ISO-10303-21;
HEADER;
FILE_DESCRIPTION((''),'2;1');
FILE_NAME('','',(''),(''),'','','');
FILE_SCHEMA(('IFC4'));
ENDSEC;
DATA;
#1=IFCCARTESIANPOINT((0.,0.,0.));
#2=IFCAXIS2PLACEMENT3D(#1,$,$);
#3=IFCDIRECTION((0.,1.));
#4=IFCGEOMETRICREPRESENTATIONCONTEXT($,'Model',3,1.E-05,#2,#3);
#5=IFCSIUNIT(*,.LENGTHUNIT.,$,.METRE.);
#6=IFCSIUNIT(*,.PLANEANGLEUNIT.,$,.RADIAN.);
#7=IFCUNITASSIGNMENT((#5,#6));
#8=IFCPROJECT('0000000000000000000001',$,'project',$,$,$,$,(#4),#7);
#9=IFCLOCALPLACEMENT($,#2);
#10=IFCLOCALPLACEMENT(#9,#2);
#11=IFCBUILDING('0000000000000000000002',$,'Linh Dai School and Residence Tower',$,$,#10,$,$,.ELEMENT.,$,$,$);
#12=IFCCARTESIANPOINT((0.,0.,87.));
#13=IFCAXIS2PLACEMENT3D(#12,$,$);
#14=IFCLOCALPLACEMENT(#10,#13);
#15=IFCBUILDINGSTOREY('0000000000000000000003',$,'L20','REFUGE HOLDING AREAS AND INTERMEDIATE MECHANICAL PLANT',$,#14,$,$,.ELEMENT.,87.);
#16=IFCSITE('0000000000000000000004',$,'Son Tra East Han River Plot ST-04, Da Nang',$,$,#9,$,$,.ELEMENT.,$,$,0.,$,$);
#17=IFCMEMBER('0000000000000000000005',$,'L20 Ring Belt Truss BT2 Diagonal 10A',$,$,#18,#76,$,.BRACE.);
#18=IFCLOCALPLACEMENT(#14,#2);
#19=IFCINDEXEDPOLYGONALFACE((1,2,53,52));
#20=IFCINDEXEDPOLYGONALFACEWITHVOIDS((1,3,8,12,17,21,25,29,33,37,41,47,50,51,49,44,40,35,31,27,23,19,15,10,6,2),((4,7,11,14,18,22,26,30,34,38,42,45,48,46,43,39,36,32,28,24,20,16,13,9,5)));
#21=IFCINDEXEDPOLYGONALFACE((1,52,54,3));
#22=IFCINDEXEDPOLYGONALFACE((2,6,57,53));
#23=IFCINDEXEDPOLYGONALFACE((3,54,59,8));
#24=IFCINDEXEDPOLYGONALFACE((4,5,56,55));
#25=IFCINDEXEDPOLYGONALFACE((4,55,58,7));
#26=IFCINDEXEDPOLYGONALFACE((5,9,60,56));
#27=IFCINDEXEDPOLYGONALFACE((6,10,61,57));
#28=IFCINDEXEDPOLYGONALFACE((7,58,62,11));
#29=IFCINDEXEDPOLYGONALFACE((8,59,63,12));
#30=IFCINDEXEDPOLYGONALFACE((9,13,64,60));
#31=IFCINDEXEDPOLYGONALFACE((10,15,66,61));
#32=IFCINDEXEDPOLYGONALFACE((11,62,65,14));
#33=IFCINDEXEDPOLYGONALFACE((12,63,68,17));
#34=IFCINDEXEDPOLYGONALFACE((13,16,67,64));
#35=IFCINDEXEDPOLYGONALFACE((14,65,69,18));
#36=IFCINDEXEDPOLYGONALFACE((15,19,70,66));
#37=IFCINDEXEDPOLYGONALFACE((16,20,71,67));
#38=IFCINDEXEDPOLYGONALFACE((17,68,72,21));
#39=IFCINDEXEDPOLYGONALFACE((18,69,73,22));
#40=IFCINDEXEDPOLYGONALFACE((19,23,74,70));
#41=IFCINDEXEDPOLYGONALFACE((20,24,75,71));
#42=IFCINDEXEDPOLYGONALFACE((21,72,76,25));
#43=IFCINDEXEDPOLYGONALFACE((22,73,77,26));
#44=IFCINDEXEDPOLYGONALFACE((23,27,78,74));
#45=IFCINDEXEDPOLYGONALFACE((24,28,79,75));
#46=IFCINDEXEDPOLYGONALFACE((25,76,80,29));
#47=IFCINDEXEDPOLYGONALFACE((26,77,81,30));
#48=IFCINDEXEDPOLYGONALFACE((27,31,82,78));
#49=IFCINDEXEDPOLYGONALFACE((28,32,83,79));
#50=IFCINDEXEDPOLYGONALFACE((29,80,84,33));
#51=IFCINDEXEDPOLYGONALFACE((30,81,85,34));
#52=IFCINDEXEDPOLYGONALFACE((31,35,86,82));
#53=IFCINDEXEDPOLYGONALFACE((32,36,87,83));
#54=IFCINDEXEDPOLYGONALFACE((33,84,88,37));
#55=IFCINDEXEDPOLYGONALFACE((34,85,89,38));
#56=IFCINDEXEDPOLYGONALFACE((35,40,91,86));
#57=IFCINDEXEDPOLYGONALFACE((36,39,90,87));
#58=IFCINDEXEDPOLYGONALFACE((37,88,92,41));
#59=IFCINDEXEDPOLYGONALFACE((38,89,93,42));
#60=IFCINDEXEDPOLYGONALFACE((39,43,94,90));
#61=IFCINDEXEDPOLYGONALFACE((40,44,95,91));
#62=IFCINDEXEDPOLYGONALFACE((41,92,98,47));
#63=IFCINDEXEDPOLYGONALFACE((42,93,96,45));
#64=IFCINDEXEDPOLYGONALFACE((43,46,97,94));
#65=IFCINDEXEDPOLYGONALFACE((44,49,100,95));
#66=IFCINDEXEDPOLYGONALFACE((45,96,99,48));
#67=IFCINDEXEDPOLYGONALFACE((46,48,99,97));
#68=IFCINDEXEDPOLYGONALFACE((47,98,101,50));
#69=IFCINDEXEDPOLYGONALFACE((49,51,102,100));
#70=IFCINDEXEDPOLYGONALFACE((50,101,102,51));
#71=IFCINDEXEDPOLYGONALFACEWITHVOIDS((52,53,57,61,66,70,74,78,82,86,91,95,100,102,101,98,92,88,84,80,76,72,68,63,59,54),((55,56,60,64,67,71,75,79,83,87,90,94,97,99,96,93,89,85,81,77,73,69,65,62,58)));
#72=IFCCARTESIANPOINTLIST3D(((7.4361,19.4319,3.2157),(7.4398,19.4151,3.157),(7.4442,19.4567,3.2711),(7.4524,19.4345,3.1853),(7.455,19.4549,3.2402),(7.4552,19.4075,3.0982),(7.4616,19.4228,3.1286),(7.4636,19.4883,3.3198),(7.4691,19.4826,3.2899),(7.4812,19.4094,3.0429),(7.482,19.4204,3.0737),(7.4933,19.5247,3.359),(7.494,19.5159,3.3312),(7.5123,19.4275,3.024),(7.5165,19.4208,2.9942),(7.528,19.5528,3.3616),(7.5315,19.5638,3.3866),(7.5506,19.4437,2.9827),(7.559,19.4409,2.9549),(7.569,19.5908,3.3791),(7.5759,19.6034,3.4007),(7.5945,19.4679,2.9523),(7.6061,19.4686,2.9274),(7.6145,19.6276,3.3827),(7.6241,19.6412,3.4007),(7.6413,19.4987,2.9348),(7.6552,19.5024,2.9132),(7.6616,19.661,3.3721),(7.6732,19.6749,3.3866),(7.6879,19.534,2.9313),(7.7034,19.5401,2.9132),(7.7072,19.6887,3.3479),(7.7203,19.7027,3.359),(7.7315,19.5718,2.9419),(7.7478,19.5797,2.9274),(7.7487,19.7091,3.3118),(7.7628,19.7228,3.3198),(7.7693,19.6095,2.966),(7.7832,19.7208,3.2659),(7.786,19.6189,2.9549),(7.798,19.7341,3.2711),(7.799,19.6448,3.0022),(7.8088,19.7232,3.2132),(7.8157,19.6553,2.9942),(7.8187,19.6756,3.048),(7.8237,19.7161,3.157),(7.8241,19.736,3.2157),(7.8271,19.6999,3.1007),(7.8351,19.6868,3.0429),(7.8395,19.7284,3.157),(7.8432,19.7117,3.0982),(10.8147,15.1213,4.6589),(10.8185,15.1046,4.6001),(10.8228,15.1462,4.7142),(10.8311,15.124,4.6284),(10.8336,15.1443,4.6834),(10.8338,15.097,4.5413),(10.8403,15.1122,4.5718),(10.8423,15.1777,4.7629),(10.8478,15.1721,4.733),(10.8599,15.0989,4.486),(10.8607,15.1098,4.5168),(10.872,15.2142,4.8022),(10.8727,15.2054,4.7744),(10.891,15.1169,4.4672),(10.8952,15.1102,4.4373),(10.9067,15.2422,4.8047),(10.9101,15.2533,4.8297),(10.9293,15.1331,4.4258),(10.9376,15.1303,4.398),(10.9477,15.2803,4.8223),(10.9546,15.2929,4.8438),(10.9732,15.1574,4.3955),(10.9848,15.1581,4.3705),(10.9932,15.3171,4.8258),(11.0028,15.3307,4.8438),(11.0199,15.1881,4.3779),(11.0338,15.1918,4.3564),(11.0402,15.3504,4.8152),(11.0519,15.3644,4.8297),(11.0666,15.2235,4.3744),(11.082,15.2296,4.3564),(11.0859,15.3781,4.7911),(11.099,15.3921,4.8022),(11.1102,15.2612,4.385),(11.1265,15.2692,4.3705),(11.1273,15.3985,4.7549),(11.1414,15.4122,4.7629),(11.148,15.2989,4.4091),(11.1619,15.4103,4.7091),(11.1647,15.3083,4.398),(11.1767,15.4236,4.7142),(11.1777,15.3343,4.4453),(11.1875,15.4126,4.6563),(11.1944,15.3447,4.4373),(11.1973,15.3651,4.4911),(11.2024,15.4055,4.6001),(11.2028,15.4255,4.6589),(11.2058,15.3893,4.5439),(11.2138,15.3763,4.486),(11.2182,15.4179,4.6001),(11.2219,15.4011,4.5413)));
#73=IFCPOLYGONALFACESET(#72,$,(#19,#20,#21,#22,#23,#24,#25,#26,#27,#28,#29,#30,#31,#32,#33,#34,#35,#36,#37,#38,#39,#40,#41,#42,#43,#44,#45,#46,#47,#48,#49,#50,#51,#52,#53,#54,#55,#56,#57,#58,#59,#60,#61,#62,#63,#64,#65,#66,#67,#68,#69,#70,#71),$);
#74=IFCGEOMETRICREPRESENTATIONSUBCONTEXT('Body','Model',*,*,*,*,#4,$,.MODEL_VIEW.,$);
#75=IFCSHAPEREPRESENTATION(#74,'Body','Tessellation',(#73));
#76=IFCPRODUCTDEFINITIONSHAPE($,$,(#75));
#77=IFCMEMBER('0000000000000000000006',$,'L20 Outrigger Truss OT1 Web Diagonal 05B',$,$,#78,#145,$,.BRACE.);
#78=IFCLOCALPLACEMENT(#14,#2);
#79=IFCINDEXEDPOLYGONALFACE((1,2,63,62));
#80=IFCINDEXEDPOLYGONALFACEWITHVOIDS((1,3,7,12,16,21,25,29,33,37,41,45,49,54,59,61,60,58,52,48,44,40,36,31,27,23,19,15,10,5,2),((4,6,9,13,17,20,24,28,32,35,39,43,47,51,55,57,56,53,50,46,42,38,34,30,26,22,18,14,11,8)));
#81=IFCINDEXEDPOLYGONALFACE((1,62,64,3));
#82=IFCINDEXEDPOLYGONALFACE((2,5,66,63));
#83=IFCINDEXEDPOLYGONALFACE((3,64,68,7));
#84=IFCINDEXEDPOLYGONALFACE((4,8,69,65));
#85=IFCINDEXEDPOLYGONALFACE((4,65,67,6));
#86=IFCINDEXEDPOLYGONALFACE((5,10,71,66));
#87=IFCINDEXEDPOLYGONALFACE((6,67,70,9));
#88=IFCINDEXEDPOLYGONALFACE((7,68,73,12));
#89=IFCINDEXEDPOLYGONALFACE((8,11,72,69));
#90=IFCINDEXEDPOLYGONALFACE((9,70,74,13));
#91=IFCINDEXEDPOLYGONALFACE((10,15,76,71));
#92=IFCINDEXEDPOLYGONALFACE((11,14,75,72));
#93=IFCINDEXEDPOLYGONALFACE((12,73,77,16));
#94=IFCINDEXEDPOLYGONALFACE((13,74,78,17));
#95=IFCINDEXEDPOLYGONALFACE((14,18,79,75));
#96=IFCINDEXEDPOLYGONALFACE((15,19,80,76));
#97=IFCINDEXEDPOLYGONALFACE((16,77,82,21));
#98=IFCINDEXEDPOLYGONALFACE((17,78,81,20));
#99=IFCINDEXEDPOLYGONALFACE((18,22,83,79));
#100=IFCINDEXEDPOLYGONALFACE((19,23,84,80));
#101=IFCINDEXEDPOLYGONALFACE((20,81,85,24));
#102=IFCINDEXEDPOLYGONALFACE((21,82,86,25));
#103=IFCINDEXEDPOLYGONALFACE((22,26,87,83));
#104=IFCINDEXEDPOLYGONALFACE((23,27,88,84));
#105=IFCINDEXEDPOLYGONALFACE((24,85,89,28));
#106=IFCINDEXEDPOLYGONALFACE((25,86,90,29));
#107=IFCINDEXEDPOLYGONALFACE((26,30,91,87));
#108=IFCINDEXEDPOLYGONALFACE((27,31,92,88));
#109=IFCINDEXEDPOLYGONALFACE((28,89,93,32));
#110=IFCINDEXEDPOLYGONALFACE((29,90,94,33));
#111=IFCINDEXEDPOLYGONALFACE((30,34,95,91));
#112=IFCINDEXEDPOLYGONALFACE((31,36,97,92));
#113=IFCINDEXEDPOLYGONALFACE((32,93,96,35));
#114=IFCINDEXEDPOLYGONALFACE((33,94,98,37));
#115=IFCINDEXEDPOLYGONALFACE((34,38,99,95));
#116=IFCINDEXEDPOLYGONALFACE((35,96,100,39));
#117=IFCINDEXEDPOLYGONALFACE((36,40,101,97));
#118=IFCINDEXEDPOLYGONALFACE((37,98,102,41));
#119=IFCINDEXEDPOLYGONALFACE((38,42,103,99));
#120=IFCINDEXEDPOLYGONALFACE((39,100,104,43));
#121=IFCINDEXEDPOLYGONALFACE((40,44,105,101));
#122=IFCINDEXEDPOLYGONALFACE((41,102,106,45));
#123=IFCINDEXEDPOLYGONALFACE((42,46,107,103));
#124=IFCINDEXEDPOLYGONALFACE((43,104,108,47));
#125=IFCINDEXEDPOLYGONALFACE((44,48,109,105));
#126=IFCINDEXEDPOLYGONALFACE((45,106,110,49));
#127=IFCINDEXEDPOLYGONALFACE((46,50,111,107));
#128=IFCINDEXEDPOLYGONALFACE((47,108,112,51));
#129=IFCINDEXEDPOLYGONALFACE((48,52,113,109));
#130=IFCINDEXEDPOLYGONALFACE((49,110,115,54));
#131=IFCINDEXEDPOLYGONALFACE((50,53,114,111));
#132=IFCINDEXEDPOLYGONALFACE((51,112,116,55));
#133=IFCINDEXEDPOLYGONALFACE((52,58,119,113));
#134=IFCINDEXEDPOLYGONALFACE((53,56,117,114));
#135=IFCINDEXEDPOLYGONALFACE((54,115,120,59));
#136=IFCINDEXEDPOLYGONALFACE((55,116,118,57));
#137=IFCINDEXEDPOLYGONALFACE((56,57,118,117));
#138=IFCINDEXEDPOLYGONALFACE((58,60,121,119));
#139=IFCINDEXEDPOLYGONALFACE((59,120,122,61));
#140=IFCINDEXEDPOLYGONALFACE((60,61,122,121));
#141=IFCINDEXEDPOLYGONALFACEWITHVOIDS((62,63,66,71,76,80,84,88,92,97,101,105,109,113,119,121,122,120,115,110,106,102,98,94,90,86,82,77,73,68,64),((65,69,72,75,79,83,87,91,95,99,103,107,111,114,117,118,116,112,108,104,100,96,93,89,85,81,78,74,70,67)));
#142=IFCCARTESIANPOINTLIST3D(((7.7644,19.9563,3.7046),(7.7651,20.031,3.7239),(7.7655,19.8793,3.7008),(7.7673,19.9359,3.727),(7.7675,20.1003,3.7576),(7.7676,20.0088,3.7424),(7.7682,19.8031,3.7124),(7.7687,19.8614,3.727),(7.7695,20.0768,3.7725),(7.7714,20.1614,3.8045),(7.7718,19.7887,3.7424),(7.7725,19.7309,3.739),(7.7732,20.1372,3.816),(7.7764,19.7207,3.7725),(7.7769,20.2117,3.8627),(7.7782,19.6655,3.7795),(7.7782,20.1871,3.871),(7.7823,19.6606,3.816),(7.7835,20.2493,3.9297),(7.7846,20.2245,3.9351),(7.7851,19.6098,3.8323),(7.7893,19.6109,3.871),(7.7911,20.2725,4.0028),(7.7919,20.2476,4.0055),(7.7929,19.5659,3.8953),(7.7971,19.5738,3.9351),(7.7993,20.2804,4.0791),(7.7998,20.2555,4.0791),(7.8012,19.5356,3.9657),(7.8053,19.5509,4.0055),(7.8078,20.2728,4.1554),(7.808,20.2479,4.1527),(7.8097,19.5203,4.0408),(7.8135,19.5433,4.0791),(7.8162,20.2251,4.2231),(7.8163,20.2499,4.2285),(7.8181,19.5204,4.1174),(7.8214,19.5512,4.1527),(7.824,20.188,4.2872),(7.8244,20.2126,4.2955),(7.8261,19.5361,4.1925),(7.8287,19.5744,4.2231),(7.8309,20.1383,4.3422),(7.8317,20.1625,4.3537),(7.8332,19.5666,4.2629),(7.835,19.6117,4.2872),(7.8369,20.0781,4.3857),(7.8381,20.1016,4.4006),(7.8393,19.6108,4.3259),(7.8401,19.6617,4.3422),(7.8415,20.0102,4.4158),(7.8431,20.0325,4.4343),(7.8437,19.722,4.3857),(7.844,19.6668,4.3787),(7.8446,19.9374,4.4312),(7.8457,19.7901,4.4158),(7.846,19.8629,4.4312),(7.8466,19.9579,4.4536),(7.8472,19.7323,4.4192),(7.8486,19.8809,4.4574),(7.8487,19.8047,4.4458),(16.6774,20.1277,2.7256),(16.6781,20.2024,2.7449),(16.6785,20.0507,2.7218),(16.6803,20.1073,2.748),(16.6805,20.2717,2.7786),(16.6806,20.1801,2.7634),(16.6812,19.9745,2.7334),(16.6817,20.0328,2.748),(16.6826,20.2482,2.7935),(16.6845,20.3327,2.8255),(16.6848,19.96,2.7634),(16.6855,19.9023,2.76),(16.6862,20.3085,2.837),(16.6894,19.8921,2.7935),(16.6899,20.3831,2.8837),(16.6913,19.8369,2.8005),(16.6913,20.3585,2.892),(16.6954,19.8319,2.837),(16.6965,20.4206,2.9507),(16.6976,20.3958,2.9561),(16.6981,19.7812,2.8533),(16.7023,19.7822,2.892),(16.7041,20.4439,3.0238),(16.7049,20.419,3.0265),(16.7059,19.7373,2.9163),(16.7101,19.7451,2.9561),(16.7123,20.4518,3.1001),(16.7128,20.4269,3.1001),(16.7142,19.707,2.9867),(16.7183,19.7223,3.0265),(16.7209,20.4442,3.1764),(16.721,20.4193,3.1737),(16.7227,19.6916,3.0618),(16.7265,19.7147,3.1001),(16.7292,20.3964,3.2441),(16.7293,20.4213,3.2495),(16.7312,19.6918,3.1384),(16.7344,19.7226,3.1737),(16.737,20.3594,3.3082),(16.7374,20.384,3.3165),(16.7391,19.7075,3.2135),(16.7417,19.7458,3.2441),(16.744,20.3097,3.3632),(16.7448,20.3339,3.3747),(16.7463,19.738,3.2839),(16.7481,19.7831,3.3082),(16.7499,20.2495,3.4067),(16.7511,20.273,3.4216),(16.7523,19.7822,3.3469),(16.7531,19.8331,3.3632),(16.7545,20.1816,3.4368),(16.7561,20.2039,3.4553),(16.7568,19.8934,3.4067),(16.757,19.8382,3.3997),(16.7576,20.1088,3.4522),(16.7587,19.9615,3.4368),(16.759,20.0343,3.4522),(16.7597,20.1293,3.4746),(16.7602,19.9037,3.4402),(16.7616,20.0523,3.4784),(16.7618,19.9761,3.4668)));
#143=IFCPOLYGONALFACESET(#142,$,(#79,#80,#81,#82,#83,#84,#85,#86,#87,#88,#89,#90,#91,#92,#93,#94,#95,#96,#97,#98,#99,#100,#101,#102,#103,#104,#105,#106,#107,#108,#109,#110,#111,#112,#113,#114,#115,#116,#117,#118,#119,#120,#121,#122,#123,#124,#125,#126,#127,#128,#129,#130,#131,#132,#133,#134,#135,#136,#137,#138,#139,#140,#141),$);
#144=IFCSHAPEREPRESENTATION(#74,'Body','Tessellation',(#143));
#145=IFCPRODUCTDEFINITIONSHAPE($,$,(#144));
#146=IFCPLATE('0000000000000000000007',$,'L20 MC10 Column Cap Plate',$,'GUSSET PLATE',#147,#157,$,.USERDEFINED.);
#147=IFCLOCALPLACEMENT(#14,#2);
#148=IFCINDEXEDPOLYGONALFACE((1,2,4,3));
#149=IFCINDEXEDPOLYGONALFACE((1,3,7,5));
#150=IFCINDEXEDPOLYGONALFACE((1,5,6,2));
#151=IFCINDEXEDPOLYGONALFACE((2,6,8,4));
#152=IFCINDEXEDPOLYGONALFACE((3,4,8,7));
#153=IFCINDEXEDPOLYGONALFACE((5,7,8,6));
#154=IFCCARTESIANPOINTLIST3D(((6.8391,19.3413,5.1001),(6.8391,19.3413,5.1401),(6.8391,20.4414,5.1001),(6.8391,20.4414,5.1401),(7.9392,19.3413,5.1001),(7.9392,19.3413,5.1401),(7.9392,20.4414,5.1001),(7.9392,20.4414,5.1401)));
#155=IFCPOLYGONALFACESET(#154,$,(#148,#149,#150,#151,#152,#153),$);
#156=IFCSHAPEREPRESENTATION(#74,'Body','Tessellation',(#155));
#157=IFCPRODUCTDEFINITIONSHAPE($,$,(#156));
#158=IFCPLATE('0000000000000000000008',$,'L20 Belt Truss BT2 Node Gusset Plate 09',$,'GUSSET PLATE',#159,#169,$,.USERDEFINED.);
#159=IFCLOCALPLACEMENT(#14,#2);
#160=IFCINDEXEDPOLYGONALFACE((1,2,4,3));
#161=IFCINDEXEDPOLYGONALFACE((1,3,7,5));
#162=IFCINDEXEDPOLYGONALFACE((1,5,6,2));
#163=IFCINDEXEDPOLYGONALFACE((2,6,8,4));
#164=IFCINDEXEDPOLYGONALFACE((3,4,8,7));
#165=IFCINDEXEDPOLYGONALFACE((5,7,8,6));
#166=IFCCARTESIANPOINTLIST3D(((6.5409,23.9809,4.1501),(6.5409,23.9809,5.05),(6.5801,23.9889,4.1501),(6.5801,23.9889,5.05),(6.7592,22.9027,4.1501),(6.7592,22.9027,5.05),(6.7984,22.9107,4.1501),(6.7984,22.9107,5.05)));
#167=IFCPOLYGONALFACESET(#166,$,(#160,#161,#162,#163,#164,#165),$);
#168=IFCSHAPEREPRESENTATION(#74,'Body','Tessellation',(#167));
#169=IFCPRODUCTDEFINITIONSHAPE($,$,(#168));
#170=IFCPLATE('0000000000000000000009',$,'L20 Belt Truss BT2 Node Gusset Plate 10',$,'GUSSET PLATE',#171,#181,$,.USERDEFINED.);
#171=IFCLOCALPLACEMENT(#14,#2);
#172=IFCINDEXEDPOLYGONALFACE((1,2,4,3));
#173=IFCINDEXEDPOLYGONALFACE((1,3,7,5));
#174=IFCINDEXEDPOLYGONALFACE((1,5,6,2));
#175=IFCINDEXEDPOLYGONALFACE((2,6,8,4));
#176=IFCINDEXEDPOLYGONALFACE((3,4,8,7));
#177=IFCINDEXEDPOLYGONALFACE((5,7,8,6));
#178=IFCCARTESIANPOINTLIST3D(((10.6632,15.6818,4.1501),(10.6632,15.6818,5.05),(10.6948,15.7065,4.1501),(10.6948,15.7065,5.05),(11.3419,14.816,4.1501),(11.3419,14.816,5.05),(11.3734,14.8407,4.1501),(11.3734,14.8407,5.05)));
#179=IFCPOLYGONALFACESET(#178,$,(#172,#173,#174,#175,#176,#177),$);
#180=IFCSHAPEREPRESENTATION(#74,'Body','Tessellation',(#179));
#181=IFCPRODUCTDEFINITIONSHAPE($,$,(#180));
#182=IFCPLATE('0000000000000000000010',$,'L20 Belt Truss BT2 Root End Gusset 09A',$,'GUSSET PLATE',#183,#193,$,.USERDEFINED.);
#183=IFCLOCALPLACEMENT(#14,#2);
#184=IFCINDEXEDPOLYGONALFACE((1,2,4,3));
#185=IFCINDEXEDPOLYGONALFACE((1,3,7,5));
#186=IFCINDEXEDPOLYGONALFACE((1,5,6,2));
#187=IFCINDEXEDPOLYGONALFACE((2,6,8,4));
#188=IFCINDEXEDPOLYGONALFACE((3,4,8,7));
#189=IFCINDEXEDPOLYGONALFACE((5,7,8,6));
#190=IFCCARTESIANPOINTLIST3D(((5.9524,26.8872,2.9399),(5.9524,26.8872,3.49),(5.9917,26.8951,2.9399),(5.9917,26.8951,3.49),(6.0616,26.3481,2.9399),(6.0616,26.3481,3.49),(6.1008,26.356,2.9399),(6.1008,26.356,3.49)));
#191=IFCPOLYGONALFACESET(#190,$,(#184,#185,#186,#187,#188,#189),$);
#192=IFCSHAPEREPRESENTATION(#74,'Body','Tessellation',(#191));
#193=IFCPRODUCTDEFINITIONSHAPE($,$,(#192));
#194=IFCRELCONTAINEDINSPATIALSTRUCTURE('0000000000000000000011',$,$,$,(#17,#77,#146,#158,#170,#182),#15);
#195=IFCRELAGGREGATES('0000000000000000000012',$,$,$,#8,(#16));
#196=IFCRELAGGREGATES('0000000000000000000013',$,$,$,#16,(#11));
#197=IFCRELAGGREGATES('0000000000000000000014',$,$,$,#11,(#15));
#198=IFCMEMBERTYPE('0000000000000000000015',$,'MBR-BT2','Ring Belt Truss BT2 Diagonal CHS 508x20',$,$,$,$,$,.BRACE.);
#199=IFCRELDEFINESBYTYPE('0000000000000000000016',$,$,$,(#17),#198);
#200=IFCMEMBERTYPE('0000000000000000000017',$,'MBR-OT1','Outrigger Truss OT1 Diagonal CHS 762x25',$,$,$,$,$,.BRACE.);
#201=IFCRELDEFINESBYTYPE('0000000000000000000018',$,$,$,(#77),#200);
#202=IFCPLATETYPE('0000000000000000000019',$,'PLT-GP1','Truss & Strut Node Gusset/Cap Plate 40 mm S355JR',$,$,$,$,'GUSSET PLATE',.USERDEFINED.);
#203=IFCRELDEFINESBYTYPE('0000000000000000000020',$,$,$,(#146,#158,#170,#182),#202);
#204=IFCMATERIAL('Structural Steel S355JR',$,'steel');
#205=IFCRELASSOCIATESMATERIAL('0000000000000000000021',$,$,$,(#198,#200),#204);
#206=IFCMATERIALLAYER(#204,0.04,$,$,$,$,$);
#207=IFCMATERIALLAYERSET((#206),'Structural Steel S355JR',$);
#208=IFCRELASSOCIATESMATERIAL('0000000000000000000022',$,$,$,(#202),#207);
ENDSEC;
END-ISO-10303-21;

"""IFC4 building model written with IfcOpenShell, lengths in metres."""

from ifc_helpers import new_model, si_unit, direction, frame, origin, origin_2d, place, context, subcontext, project, spatial, rectangle, hollow_circle, extrude, source, transform, mapped, material, layer, layer_set, material_profile, profile_set, type_object, element, save


model = new_model("IFC4")

# Units and contexts
model_context = context("Model", 3, precision=1e-05, world=origin(), true_north=direction((0.0, 1.0)))
body_context = subcontext(model_context, "Body", "Model", "MODEL_VIEW")
ifc_project = project(units=[si_unit("LENGTHUNIT", "METRE"), si_unit("PLANEANGLEUNIT", "RADIAN")], contexts=[model_context])

# Site, building, storey
site_placement = place(None, origin())
site = spatial("IfcSite", under=ifc_project, at=site_placement, Name="Son Tra East Han River Plot ST-04, Da Nang", CompositionType="ELEMENT", RefElevation=0.0)
building_placement = place(site_placement, origin())
building = spatial("IfcBuilding", under=site, at=building_placement, Name="Linh Dai School and Residence Tower", CompositionType="ELEMENT")
storey_placement = place(building_placement, frame((0.0, 0.0, 87.0)))
storey = spatial("IfcBuildingStorey", under=building, at=storey_placement, Name="L20", Description="REFUGE HOLDING AREAS AND INTERMEDIATE MECHANICAL PLANT", CompositionType="ELEMENT", Elevation=87.0)

# Shared definitions
ifc_material_1 = material(Name="Structural Steel S355JR", Category="steel")

# Members
ifc_material_profile_1 = material_profile(ifc_material_1, hollow_circle(Radius=0.2539, WallThickness=0.02, at=origin_2d()), Name="CHS 508x20")
ifc_profile_set_1 = profile_set([ifc_material_profile_1], Name="Structural Steel S355JR")
member_type_1 = type_object("IfcMemberType", Name="MBR-BT2", Description="Ring Belt Truss BT2 Diagonal CHS 508x20", PredefinedType="BRACE", material=ifc_profile_set_1)
member_1_placement = place(storey_placement, frame((7.6396, 19.5718, 3.157), z_axis=(0.596535, -0.761068, 0.254796), x_axis=(0.787045, 0.616896, 0.0)))
element("IfcMember", 1, at=member_1_placement, inside=storey, type_object=member_type_1, Name="L20 Ring Belt Truss BT2 Diagonal 10A", PredefinedType="BRACE", context=body_context, shape_type="SweptSolid", body=[
    extrude(hollow_circle(Radius=0.2539, WallThickness=0.02, at=origin_2d()), origin(), (0.0, 0.0, 1.0), 5.6638),
])
ifc_material_profile_2 = material_profile(ifc_material_1, hollow_circle(Radius=0.3811, WallThickness=0.0249, at=origin_2d()), Name="CHS 762x25")
ifc_profile_set_2 = profile_set([ifc_material_profile_2], Name="Structural Steel S355JR")
member_type_2 = type_object("IfcMemberType", Name="MBR-OT1", Description="Outrigger Truss OT1 Diagonal CHS 762x25", PredefinedType="BRACE", material=ifc_profile_set_2)
member_2_placement = place(storey_placement, frame((7.8066, 19.8994, 4.0791), z_axis=(0.99384, 0.01911, -0.109162), x_axis=(-0.019225, 0.999815, 0.0)))
element("IfcMember", 2, at=member_2_placement, inside=storey, type_object=member_type_2, Name="L20 Outrigger Truss OT1 Web Diagonal 05B", PredefinedType="BRACE", context=body_context, shape_type="SweptSolid", body=[
    extrude(hollow_circle(Radius=0.3811, WallThickness=0.0249, at=origin_2d()), origin(), (0.0, 0.0, 1.0), 8.9683),
])

# Plates
ifc_layer_1 = layer(ifc_material_1, 0.04)
ifc_layer_set_1 = layer_set([ifc_layer_1], Name="Structural Steel S355JR")
plate_type = type_object("IfcPlateType", Name="PLT-GP1", Description="Truss & Strut Node Gusset/Cap Plate 40 mm S355JR", ElementType="GUSSET PLATE", PredefinedType="USERDEFINED", material=ifc_layer_set_1)
shared_shape_1 = source(origin(), body_context, "Body", "SweptSolid", [
    extrude(rectangle(XDim=1.1001, YDim=1.1001, at=origin_2d()), origin(), (0.0, 0.0, 1.0), 0.04),
])
plate_placement = place(storey_placement, frame((7.3892, 19.8914, 5.1001), z_axis=(0.0, 0.0, 1.0), x_axis=(1.0, 0.0, 0.0)))
element("IfcPlate", 3, at=plate_placement, inside=storey, type_object=plate_type, Name="L20 MC10 Column Cap Plate", ObjectType="GUSSET PLATE", PredefinedType="USERDEFINED", context=body_context, shape_type="MappedRepresentation", body=[
    mapped(shared_shape_1, transform((0.0, 0.0, 0.0), x_axis=(1.0, 0.0, 0.0), y_axis=(0.0, 1.0, 0.0), z_axis=(0.0, 0.0, 1.0), scale=1.0)),
])
shared_shape_2 = source(origin(), body_context, "Body", "SweptSolid", [
    extrude(rectangle(XDim=1.1001, YDim=0.04, at=origin_2d()), origin(), (0.0, 0.0, 1.0), 0.8999),
])
for number, where, z_axis, x_axis, name in (
    (4, (6.6697, 23.4458, 4.1501), (0.0, 0.0, 1.0), (0.198437, -0.980114, 0.0), "L20 Belt Truss BT2 Node Gusset Plate 09"),
    (5, (11.0183, 15.2612, 4.1501), (0.0, 0.0, 1.0), (0.616865, -0.787069, 0.0), "L20 Belt Truss BT2 Node Gusset Plate 10"),
):
    element("IfcPlate", number, at=place(storey_placement, frame(where, z_axis=z_axis, x_axis=x_axis)), inside=storey, type_object=plate_type, Name=name, ObjectType="GUSSET PLATE", PredefinedType="USERDEFINED", context=body_context, shape_type="MappedRepresentation", body=[
        mapped(shared_shape_2, transform((0.0, 0.0, 0.0), x_axis=(1.0, 0.0, 0.0), y_axis=(0.0, 1.0, 0.0), z_axis=(0.0, 0.0, 1.0), scale=1.0)),
    ])
shared_shape_3 = source(origin(), body_context, "Body", "SweptSolid", [
    extrude(rectangle(XDim=0.55, YDim=0.04, at=origin_2d()), origin(), (0.0, 0.0, 1.0), 0.55),
])
for number, where, z_axis, x_axis, name in (
    (6, (6.0266, 26.6216, 2.9399), (0.0, 0.0, 1.0), (0.198437, -0.980114, 0.0), "L20 Belt Truss BT2 Root End Gusset 09A"),
):
    element("IfcPlate", number, at=place(storey_placement, frame(where, z_axis=z_axis, x_axis=x_axis)), inside=storey, type_object=plate_type, Name=name, ObjectType="GUSSET PLATE", PredefinedType="USERDEFINED", context=body_context, shape_type="MappedRepresentation", body=[
        mapped(shared_shape_3, transform((0.0, 0.0, 0.0), x_axis=(1.0, 0.0, 0.0), y_axis=(0.0, 1.0, 0.0), z_axis=(0.0, 0.0, 1.0), scale=1.0)),
    ])

save(model, "model.ifc")
